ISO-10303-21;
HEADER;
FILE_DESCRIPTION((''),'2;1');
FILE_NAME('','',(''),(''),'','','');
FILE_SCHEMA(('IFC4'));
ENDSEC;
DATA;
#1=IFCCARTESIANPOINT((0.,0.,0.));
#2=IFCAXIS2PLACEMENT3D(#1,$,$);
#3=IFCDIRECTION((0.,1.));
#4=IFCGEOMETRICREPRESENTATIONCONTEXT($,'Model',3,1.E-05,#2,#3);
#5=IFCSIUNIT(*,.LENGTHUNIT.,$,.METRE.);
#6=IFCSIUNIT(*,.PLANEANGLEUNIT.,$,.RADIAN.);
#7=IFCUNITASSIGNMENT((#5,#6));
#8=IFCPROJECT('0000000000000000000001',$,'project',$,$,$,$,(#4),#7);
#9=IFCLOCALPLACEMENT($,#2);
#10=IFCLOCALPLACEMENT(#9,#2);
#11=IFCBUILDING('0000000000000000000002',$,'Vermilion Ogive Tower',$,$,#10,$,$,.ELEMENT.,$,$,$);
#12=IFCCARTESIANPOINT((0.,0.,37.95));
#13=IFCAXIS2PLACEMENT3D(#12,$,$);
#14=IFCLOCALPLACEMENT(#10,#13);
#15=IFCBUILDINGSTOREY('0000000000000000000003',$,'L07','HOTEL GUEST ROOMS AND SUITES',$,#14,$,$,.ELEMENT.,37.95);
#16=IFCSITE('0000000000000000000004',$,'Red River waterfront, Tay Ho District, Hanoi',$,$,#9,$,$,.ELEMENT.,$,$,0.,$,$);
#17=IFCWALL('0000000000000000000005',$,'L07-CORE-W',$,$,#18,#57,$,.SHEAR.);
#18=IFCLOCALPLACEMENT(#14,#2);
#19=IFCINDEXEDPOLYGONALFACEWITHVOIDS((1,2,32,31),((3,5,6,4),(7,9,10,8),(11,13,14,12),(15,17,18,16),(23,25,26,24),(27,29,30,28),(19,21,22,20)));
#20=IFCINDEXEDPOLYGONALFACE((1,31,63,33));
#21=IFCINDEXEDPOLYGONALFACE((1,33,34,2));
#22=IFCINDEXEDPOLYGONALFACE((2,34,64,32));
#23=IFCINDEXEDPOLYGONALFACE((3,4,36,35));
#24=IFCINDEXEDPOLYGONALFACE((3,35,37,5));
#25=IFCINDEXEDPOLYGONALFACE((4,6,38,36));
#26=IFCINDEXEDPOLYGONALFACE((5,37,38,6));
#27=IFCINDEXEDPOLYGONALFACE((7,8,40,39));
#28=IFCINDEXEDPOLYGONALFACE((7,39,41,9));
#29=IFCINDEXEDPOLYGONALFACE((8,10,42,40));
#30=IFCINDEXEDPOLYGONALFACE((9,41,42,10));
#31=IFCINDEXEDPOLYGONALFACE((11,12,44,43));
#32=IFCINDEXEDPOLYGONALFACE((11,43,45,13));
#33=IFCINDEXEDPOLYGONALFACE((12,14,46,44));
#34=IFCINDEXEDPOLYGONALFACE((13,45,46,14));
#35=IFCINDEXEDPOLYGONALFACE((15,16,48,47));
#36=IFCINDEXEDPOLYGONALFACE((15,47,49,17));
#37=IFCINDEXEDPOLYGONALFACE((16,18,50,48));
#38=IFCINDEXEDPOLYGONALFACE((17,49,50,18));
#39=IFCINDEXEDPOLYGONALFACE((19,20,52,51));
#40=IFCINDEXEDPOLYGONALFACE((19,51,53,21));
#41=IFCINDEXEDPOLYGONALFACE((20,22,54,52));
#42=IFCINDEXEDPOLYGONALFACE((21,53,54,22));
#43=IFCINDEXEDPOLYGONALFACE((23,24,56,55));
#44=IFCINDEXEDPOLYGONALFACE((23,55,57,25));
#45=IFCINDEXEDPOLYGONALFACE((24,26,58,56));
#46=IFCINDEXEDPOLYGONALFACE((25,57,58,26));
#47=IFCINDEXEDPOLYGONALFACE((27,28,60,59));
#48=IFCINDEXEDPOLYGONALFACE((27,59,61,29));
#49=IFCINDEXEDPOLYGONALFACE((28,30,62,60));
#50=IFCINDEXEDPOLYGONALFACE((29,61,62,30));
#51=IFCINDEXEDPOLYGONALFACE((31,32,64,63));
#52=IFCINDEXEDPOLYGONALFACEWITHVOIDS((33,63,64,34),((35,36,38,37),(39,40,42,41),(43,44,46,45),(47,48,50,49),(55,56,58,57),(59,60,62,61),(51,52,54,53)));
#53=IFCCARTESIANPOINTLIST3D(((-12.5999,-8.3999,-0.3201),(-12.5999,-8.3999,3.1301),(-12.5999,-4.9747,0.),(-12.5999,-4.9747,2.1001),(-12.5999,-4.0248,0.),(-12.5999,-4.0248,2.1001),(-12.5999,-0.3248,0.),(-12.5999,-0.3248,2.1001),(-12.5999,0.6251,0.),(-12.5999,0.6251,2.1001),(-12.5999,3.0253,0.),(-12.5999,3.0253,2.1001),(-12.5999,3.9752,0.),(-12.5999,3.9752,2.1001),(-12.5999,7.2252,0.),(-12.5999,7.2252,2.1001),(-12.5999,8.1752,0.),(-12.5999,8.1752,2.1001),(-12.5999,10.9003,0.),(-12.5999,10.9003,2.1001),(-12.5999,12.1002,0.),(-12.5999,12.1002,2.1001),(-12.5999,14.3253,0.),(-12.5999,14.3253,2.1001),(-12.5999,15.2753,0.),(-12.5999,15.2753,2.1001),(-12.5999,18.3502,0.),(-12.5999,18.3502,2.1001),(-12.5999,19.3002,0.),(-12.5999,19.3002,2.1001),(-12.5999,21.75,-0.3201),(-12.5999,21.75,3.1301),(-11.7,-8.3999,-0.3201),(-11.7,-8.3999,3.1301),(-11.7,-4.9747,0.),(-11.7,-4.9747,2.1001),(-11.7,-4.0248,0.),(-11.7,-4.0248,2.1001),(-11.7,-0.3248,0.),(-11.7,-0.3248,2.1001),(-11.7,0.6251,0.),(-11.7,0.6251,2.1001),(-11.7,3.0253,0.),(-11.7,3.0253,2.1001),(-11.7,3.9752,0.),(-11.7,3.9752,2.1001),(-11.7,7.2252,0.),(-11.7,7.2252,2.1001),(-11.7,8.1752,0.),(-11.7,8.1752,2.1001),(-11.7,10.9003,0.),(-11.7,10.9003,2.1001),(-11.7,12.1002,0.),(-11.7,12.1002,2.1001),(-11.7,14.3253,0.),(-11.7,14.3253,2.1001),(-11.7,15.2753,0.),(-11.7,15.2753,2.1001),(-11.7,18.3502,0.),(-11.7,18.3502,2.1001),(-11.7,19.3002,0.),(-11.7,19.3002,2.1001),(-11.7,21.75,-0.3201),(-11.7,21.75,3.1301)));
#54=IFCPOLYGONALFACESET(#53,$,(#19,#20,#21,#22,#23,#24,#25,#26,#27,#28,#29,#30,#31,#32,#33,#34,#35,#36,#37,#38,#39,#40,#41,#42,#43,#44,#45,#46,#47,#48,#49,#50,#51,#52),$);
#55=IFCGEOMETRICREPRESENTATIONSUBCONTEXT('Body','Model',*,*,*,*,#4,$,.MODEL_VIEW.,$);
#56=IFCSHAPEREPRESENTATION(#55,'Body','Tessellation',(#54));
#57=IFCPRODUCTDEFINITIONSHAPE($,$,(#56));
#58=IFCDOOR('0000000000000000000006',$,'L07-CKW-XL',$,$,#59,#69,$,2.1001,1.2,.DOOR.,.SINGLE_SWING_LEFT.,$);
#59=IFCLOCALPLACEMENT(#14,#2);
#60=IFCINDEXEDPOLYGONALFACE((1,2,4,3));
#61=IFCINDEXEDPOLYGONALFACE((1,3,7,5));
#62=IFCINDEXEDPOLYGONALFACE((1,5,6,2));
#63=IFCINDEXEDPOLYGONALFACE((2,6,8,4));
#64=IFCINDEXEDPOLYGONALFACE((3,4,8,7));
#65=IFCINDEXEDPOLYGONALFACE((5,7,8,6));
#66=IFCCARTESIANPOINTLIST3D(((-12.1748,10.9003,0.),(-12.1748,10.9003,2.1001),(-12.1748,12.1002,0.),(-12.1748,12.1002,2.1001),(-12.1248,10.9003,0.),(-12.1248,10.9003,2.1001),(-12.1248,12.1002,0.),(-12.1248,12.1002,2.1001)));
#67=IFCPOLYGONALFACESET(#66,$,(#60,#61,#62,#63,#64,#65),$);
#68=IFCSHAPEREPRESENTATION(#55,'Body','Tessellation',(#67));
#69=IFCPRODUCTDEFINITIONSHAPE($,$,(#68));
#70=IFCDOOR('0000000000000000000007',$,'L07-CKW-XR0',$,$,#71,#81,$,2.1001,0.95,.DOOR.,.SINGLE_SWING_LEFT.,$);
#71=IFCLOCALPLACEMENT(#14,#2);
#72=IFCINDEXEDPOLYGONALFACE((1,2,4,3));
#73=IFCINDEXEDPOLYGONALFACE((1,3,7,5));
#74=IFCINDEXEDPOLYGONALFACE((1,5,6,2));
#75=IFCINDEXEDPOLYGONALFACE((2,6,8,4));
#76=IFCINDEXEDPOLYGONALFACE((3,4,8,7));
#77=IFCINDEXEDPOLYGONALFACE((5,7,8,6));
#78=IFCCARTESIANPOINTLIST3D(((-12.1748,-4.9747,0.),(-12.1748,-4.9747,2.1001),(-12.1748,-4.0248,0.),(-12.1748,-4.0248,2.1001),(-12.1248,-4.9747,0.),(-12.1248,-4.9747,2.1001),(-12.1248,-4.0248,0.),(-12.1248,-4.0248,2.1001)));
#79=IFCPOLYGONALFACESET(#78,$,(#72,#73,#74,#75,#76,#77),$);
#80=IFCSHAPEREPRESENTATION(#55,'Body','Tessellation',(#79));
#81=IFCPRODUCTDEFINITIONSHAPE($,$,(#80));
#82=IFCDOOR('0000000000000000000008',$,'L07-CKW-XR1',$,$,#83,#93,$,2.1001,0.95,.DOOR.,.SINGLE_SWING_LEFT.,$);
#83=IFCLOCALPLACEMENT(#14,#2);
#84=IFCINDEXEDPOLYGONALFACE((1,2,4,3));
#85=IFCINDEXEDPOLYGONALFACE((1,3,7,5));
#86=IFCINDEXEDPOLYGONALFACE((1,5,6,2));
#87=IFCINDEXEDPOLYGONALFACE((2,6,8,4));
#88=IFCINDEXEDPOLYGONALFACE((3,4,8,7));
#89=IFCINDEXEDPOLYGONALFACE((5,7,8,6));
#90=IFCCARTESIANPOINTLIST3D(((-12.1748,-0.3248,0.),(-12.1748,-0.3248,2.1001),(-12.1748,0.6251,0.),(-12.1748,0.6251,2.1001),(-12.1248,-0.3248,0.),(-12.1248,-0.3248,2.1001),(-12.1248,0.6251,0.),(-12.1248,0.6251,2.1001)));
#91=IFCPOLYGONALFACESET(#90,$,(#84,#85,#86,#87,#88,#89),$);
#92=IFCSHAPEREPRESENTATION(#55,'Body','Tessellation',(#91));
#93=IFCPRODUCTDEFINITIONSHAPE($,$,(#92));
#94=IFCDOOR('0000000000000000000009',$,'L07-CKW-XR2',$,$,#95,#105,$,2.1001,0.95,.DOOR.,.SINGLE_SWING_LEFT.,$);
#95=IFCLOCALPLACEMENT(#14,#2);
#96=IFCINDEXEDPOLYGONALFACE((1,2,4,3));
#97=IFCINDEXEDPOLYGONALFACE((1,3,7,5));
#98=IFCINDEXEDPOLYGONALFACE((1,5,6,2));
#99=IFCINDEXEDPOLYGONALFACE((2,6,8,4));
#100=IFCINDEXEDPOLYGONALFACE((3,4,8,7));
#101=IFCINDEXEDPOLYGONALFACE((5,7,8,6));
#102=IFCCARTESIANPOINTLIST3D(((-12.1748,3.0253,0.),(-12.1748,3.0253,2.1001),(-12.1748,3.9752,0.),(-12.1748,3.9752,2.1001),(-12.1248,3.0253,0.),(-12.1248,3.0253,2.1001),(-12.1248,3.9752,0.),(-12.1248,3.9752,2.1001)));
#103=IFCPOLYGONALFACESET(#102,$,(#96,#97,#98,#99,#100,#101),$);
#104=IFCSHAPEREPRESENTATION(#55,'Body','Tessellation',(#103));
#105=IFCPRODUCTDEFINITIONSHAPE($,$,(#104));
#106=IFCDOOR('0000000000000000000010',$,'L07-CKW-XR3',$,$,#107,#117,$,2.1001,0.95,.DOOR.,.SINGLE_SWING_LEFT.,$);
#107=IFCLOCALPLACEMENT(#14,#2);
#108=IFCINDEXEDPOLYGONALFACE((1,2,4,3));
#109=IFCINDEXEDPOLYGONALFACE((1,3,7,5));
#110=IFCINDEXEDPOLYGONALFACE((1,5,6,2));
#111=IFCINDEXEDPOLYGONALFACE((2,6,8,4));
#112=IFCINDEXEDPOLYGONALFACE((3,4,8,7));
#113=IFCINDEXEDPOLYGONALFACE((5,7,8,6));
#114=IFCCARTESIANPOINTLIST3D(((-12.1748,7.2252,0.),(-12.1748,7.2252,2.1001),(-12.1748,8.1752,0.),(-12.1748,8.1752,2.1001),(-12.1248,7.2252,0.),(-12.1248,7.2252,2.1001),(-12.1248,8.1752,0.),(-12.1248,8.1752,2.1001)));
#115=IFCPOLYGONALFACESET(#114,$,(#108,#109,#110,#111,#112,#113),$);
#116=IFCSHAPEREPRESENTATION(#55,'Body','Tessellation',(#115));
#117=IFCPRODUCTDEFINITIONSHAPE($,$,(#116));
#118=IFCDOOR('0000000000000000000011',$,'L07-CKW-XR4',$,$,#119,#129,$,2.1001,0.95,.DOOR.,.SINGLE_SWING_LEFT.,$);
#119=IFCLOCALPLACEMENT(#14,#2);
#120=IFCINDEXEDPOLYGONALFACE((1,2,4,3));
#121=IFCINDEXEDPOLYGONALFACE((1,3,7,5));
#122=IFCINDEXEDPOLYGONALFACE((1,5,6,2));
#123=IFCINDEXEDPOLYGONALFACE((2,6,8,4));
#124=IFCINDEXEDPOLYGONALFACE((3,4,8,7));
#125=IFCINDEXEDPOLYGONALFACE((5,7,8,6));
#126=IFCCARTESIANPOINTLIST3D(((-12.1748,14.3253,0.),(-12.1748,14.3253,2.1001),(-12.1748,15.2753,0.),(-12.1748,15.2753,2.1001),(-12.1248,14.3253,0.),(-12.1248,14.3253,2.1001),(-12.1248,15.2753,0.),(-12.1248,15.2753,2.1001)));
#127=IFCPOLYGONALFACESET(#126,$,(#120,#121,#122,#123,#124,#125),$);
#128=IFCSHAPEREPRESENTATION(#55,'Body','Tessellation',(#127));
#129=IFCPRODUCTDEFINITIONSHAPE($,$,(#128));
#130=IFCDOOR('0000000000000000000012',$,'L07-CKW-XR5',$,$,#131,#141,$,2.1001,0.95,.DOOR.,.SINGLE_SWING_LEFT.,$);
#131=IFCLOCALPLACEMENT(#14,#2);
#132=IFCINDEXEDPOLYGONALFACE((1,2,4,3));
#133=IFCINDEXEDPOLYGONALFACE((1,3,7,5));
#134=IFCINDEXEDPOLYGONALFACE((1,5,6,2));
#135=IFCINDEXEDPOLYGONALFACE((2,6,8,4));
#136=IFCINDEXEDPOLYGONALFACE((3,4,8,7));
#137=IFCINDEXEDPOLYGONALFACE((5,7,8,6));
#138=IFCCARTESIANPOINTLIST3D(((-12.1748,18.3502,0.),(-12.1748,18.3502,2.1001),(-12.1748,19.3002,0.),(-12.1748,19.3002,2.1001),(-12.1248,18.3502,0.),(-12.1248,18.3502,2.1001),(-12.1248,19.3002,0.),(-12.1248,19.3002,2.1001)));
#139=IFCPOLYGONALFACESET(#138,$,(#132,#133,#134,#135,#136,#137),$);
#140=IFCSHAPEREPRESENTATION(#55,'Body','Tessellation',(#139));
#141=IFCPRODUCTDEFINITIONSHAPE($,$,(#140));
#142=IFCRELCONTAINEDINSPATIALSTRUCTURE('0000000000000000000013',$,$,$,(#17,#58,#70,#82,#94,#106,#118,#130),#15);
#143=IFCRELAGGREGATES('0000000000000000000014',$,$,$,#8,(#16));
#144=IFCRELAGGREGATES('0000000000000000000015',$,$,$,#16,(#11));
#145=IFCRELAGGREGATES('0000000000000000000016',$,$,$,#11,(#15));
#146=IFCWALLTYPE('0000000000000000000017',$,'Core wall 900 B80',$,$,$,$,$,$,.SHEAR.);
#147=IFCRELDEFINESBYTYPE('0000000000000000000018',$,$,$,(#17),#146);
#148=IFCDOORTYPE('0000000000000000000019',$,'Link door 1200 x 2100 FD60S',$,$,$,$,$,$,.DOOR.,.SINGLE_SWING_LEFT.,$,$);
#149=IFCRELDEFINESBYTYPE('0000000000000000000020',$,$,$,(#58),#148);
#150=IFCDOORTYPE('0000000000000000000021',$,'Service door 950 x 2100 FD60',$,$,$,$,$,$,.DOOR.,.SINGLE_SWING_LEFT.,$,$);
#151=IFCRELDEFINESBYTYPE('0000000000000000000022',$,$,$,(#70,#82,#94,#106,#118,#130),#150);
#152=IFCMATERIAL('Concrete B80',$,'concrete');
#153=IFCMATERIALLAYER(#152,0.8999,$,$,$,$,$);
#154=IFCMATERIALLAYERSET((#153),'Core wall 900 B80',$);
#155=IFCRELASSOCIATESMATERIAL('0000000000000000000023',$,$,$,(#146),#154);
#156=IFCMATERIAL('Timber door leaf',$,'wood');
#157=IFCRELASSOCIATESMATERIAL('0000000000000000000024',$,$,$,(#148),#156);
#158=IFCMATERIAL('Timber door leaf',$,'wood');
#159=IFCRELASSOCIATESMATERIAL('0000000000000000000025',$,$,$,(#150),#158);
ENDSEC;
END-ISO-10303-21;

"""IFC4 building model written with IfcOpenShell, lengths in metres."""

from ifc_helpers import new_model, si_unit, direction, frame, frame_2d, origin, place, context, subcontext, project, spatial, rectangle, extrude, material, layer, layer_set, type_object, element, fill, save


model = new_model("IFC4")

# Units and contexts
model_context = context("Model", 3, precision=1e-05, world=origin(), true_north=direction((0.0, 1.0)))
body_context = subcontext(model_context, "Body", "Model", "MODEL_VIEW")
ifc_project = project(units=[si_unit("LENGTHUNIT", "METRE"), si_unit("PLANEANGLEUNIT", "RADIAN")], contexts=[model_context])

# Site, building, storey
site_placement = place(None, origin())
site = spatial("IfcSite", under=ifc_project, at=site_placement, Name="Red River waterfront, Tay Ho District, Hanoi", CompositionType="ELEMENT", RefElevation=0.0)
building_placement = place(site_placement, origin())
building = spatial("IfcBuilding", under=site, at=building_placement, Name="Vermilion Ogive Tower", CompositionType="ELEMENT")
storey_placement = place(building_placement, frame((0.0, 0.0, 37.95)))
storey = spatial("IfcBuildingStorey", under=building, at=storey_placement, Name="L07", Description="HOTEL GUEST ROOMS AND SUITES", CompositionType="ELEMENT", Elevation=37.95)

# Wall, openings, doors
ifc_material_1 = material(Name="Concrete B80", Category="concrete")
ifc_layer_1 = layer(ifc_material_1, 0.8999)
ifc_layer_set_1 = layer_set([ifc_layer_1], Name="Core wall 900 B80")
wall_type_1 = type_object("IfcWallType", Name="Core wall 900 B80", PredefinedType="SHEAR", material=ifc_layer_set_1)
wall_1_placement = place(storey_placement, frame((-12.1499, -8.3999, -0.3201), z_axis=(0.0, 0.0, 1.0), x_axis=(0.0, 1.0, 0.0)))
wall_1 = element("IfcWall", 1, at=wall_1_placement, inside=storey, type_object=wall_type_1, Name="L07-CORE-W", PredefinedType="SHEAR", context=body_context, shape_type="SweptSolid", body=[
    extrude(rectangle(XDim=30.1499, YDim=0.8999, at=frame_2d((15.075, 0.0))), origin(), (0.0, 0.0, 1.0), 3.4502),
])
opening_1_placement = place(wall_1_placement, frame((3.425, 0.0, 0.3201)))
opening_1 = element("IfcOpeningElement", 2, at=opening_1_placement, cuts=wall_1, PredefinedType="OPENING", context=body_context, shape_type="SweptSolid", body=[
    extrude(rectangle(XDim=0.95, YDim=2.1001, at=frame_2d((0.4751, 1.05))), frame((0.0, 0.46, 0.0), z_axis=(0.0, -1.0, 0.0), x_axis=(1.0, 0.0, 0.0)), (0.0, 0.0, 1.0), 0.9199),
])
opening_2_placement = place(wall_1_placement, frame((8.075, 0.0, 0.3201)))
opening_2 = element("IfcOpeningElement", 3, at=opening_2_placement, cuts=wall_1, PredefinedType="OPENING", context=body_context, shape_type="SweptSolid", body=[
    extrude(rectangle(XDim=0.95, YDim=2.1001, at=frame_2d((0.4751, 1.05))), frame((0.0, 0.46, 0.0), z_axis=(0.0, -1.0, 0.0), x_axis=(1.0, 0.0, 0.0)), (0.0, 0.0, 1.0), 0.9199),
])
opening_3_placement = place(wall_1_placement, frame((11.425, 0.0, 0.3201)))
opening_3 = element("IfcOpeningElement", 4, at=opening_3_placement, cuts=wall_1, PredefinedType="OPENING", context=body_context, shape_type="SweptSolid", body=[
    extrude(rectangle(XDim=0.95, YDim=2.1001, at=frame_2d((0.4751, 1.05))), frame((0.0, 0.46, 0.0), z_axis=(0.0, -1.0, 0.0), x_axis=(1.0, 0.0, 0.0)), (0.0, 0.0, 1.0), 0.9199),
])
opening_4_placement = place(wall_1_placement, frame((15.625, 0.0, 0.3201)))
opening_4 = element("IfcOpeningElement", 5, at=opening_4_placement, cuts=wall_1, PredefinedType="OPENING", context=body_context, shape_type="SweptSolid", body=[
    extrude(rectangle(XDim=0.95, YDim=2.1001, at=frame_2d((0.4751, 1.05))), frame((0.0, 0.46, 0.0), z_axis=(0.0, -1.0, 0.0), x_axis=(1.0, 0.0, 0.0)), (0.0, 0.0, 1.0), 0.9199),
])
opening_5_placement = place(wall_1_placement, frame((22.7251, 0.0, 0.3201)))
opening_5 = element("IfcOpeningElement", 6, at=opening_5_placement, cuts=wall_1, PredefinedType="OPENING", context=body_context, shape_type="SweptSolid", body=[
    extrude(rectangle(XDim=0.95, YDim=2.1001, at=frame_2d((0.4751, 1.05))), frame((0.0, 0.46, 0.0), z_axis=(0.0, -1.0, 0.0), x_axis=(1.0, 0.0, 0.0)), (0.0, 0.0, 1.0), 0.9199),
])
opening_6_placement = place(wall_1_placement, frame((26.75, 0.0, 0.3201)))
opening_6 = element("IfcOpeningElement", 7, at=opening_6_placement, cuts=wall_1, PredefinedType="OPENING", context=body_context, shape_type="SweptSolid", body=[
    extrude(rectangle(XDim=0.95, YDim=2.1001, at=frame_2d((0.4751, 1.05))), frame((0.0, 0.46, 0.0), z_axis=(0.0, -1.0, 0.0), x_axis=(1.0, 0.0, 0.0)), (0.0, 0.0, 1.0), 0.9199),
])
opening_7_placement = place(wall_1_placement, frame((19.3, 0.0, 0.3201)))
opening_7 = element("IfcOpeningElement", 8, at=opening_7_placement, cuts=wall_1, PredefinedType="OPENING", context=body_context, shape_type="SweptSolid", body=[
    extrude(rectangle(XDim=1.2, YDim=2.1001, at=frame_2d((0.6001, 1.05))), frame((0.0, 0.46, 0.0), z_axis=(0.0, -1.0, 0.0), x_axis=(1.0, 0.0, 0.0)), (0.0, 0.0, 1.0), 0.9199),
])
ifc_material_2 = material(Name="Timber door leaf", Category="wood")
door_type_1 = type_object("IfcDoorType", Name="Link door 1200 x 2100 FD60S", OperationType="SINGLE_SWING_LEFT", PredefinedType="DOOR", material=ifc_material_2)
door_1_placement = place(opening_7_placement, origin())
door_1 = element("IfcDoor", 9, at=door_1_placement, inside=storey, type_object=door_type_1, Name="L07-CKW-XL", OperationType="SINGLE_SWING_LEFT", OverallHeight=2.1001, OverallWidth=1.2, PredefinedType="DOOR", context=body_context, shape_type="SweptSolid", body=[
    extrude(rectangle(XDim=1.2, YDim=2.1001, at=frame_2d((0.6001, 1.05))), frame((0.0, 0.0249, 0.0), z_axis=(0.0, -1.0, 0.0), x_axis=(1.0, 0.0, 0.0)), (0.0, 0.0, 1.0), 0.05),
])
fill(opening_7, door_1)
ifc_material_3 = material(Name="Timber door leaf", Category="wood")
door_type_2 = type_object("IfcDoorType", Name="Service door 950 x 2100 FD60", OperationType="SINGLE_SWING_LEFT", PredefinedType="DOOR", material=ifc_material_3)
door_2_placement = place(opening_1_placement, origin())
door_2 = element("IfcDoor", 10, at=door_2_placement, inside=storey, type_object=door_type_2, Name="L07-CKW-XR0", OperationType="SINGLE_SWING_LEFT", OverallHeight=2.1001, OverallWidth=0.95, PredefinedType="DOOR", context=body_context, shape_type="SweptSolid", body=[
    extrude(rectangle(XDim=0.95, YDim=2.1001, at=frame_2d((0.4751, 1.05))), frame((0.0, 0.0249, 0.0), z_axis=(0.0, -1.0, 0.0), x_axis=(1.0, 0.0, 0.0)), (0.0, 0.0, 1.0), 0.05),
])
fill(opening_1, door_2)
door_3_placement = place(opening_2_placement, origin())
door_3 = element("IfcDoor", 11, at=door_3_placement, inside=storey, type_object=door_type_2, Name="L07-CKW-XR1", OperationType="SINGLE_SWING_LEFT", OverallHeight=2.1001, OverallWidth=0.95, PredefinedType="DOOR", context=body_context, shape_type="SweptSolid", body=[
    extrude(rectangle(XDim=0.95, YDim=2.1001, at=frame_2d((0.4751, 1.05))), frame((0.0, 0.0249, 0.0), z_axis=(0.0, -1.0, 0.0), x_axis=(1.0, 0.0, 0.0)), (0.0, 0.0, 1.0), 0.05),
])
fill(opening_2, door_3)
door_4_placement = place(opening_3_placement, origin())
door_4 = element("IfcDoor", 12, at=door_4_placement, inside=storey, type_object=door_type_2, Name="L07-CKW-XR2", OperationType="SINGLE_SWING_LEFT", OverallHeight=2.1001, OverallWidth=0.95, PredefinedType="DOOR", context=body_context, shape_type="SweptSolid", body=[
    extrude(rectangle(XDim=0.95, YDim=2.1001, at=frame_2d((0.4751, 1.05))), frame((0.0, 0.0249, 0.0), z_axis=(0.0, -1.0, 0.0), x_axis=(1.0, 0.0, 0.0)), (0.0, 0.0, 1.0), 0.05),
])
fill(opening_3, door_4)
door_5_placement = place(opening_4_placement, origin())
door_5 = element("IfcDoor", 13, at=door_5_placement, inside=storey, type_object=door_type_2, Name="L07-CKW-XR3", OperationType="SINGLE_SWING_LEFT", OverallHeight=2.1001, OverallWidth=0.95, PredefinedType="DOOR", context=body_context, shape_type="SweptSolid", body=[
    extrude(rectangle(XDim=0.95, YDim=2.1001, at=frame_2d((0.4751, 1.05))), frame((0.0, 0.0249, 0.0), z_axis=(0.0, -1.0, 0.0), x_axis=(1.0, 0.0, 0.0)), (0.0, 0.0, 1.0), 0.05),
])
fill(opening_4, door_5)
door_6_placement = place(opening_5_placement, origin())
door_6 = element("IfcDoor", 14, at=door_6_placement, inside=storey, type_object=door_type_2, Name="L07-CKW-XR4", OperationType="SINGLE_SWING_LEFT", OverallHeight=2.1001, OverallWidth=0.95, PredefinedType="DOOR", context=body_context, shape_type="SweptSolid", body=[
    extrude(rectangle(XDim=0.95, YDim=2.1001, at=frame_2d((0.4751, 1.05))), frame((0.0, 0.0249, 0.0), z_axis=(0.0, -1.0, 0.0), x_axis=(1.0, 0.0, 0.0)), (0.0, 0.0, 1.0), 0.05),
])
fill(opening_5, door_6)
door_7_placement = place(opening_6_placement, origin())
door_7 = element("IfcDoor", 15, at=door_7_placement, inside=storey, type_object=door_type_2, Name="L07-CKW-XR5", OperationType="SINGLE_SWING_LEFT", OverallHeight=2.1001, OverallWidth=0.95, PredefinedType="DOOR", context=body_context, shape_type="SweptSolid", body=[
    extrude(rectangle(XDim=0.95, YDim=2.1001, at=frame_2d((0.4751, 1.05))), frame((0.0, 0.0249, 0.0), z_axis=(0.0, -1.0, 0.0), x_axis=(1.0, 0.0, 0.0)), (0.0, 0.0, 1.0), 0.05),
])
fill(opening_6, door_7)

save(model, "model.ifc")
